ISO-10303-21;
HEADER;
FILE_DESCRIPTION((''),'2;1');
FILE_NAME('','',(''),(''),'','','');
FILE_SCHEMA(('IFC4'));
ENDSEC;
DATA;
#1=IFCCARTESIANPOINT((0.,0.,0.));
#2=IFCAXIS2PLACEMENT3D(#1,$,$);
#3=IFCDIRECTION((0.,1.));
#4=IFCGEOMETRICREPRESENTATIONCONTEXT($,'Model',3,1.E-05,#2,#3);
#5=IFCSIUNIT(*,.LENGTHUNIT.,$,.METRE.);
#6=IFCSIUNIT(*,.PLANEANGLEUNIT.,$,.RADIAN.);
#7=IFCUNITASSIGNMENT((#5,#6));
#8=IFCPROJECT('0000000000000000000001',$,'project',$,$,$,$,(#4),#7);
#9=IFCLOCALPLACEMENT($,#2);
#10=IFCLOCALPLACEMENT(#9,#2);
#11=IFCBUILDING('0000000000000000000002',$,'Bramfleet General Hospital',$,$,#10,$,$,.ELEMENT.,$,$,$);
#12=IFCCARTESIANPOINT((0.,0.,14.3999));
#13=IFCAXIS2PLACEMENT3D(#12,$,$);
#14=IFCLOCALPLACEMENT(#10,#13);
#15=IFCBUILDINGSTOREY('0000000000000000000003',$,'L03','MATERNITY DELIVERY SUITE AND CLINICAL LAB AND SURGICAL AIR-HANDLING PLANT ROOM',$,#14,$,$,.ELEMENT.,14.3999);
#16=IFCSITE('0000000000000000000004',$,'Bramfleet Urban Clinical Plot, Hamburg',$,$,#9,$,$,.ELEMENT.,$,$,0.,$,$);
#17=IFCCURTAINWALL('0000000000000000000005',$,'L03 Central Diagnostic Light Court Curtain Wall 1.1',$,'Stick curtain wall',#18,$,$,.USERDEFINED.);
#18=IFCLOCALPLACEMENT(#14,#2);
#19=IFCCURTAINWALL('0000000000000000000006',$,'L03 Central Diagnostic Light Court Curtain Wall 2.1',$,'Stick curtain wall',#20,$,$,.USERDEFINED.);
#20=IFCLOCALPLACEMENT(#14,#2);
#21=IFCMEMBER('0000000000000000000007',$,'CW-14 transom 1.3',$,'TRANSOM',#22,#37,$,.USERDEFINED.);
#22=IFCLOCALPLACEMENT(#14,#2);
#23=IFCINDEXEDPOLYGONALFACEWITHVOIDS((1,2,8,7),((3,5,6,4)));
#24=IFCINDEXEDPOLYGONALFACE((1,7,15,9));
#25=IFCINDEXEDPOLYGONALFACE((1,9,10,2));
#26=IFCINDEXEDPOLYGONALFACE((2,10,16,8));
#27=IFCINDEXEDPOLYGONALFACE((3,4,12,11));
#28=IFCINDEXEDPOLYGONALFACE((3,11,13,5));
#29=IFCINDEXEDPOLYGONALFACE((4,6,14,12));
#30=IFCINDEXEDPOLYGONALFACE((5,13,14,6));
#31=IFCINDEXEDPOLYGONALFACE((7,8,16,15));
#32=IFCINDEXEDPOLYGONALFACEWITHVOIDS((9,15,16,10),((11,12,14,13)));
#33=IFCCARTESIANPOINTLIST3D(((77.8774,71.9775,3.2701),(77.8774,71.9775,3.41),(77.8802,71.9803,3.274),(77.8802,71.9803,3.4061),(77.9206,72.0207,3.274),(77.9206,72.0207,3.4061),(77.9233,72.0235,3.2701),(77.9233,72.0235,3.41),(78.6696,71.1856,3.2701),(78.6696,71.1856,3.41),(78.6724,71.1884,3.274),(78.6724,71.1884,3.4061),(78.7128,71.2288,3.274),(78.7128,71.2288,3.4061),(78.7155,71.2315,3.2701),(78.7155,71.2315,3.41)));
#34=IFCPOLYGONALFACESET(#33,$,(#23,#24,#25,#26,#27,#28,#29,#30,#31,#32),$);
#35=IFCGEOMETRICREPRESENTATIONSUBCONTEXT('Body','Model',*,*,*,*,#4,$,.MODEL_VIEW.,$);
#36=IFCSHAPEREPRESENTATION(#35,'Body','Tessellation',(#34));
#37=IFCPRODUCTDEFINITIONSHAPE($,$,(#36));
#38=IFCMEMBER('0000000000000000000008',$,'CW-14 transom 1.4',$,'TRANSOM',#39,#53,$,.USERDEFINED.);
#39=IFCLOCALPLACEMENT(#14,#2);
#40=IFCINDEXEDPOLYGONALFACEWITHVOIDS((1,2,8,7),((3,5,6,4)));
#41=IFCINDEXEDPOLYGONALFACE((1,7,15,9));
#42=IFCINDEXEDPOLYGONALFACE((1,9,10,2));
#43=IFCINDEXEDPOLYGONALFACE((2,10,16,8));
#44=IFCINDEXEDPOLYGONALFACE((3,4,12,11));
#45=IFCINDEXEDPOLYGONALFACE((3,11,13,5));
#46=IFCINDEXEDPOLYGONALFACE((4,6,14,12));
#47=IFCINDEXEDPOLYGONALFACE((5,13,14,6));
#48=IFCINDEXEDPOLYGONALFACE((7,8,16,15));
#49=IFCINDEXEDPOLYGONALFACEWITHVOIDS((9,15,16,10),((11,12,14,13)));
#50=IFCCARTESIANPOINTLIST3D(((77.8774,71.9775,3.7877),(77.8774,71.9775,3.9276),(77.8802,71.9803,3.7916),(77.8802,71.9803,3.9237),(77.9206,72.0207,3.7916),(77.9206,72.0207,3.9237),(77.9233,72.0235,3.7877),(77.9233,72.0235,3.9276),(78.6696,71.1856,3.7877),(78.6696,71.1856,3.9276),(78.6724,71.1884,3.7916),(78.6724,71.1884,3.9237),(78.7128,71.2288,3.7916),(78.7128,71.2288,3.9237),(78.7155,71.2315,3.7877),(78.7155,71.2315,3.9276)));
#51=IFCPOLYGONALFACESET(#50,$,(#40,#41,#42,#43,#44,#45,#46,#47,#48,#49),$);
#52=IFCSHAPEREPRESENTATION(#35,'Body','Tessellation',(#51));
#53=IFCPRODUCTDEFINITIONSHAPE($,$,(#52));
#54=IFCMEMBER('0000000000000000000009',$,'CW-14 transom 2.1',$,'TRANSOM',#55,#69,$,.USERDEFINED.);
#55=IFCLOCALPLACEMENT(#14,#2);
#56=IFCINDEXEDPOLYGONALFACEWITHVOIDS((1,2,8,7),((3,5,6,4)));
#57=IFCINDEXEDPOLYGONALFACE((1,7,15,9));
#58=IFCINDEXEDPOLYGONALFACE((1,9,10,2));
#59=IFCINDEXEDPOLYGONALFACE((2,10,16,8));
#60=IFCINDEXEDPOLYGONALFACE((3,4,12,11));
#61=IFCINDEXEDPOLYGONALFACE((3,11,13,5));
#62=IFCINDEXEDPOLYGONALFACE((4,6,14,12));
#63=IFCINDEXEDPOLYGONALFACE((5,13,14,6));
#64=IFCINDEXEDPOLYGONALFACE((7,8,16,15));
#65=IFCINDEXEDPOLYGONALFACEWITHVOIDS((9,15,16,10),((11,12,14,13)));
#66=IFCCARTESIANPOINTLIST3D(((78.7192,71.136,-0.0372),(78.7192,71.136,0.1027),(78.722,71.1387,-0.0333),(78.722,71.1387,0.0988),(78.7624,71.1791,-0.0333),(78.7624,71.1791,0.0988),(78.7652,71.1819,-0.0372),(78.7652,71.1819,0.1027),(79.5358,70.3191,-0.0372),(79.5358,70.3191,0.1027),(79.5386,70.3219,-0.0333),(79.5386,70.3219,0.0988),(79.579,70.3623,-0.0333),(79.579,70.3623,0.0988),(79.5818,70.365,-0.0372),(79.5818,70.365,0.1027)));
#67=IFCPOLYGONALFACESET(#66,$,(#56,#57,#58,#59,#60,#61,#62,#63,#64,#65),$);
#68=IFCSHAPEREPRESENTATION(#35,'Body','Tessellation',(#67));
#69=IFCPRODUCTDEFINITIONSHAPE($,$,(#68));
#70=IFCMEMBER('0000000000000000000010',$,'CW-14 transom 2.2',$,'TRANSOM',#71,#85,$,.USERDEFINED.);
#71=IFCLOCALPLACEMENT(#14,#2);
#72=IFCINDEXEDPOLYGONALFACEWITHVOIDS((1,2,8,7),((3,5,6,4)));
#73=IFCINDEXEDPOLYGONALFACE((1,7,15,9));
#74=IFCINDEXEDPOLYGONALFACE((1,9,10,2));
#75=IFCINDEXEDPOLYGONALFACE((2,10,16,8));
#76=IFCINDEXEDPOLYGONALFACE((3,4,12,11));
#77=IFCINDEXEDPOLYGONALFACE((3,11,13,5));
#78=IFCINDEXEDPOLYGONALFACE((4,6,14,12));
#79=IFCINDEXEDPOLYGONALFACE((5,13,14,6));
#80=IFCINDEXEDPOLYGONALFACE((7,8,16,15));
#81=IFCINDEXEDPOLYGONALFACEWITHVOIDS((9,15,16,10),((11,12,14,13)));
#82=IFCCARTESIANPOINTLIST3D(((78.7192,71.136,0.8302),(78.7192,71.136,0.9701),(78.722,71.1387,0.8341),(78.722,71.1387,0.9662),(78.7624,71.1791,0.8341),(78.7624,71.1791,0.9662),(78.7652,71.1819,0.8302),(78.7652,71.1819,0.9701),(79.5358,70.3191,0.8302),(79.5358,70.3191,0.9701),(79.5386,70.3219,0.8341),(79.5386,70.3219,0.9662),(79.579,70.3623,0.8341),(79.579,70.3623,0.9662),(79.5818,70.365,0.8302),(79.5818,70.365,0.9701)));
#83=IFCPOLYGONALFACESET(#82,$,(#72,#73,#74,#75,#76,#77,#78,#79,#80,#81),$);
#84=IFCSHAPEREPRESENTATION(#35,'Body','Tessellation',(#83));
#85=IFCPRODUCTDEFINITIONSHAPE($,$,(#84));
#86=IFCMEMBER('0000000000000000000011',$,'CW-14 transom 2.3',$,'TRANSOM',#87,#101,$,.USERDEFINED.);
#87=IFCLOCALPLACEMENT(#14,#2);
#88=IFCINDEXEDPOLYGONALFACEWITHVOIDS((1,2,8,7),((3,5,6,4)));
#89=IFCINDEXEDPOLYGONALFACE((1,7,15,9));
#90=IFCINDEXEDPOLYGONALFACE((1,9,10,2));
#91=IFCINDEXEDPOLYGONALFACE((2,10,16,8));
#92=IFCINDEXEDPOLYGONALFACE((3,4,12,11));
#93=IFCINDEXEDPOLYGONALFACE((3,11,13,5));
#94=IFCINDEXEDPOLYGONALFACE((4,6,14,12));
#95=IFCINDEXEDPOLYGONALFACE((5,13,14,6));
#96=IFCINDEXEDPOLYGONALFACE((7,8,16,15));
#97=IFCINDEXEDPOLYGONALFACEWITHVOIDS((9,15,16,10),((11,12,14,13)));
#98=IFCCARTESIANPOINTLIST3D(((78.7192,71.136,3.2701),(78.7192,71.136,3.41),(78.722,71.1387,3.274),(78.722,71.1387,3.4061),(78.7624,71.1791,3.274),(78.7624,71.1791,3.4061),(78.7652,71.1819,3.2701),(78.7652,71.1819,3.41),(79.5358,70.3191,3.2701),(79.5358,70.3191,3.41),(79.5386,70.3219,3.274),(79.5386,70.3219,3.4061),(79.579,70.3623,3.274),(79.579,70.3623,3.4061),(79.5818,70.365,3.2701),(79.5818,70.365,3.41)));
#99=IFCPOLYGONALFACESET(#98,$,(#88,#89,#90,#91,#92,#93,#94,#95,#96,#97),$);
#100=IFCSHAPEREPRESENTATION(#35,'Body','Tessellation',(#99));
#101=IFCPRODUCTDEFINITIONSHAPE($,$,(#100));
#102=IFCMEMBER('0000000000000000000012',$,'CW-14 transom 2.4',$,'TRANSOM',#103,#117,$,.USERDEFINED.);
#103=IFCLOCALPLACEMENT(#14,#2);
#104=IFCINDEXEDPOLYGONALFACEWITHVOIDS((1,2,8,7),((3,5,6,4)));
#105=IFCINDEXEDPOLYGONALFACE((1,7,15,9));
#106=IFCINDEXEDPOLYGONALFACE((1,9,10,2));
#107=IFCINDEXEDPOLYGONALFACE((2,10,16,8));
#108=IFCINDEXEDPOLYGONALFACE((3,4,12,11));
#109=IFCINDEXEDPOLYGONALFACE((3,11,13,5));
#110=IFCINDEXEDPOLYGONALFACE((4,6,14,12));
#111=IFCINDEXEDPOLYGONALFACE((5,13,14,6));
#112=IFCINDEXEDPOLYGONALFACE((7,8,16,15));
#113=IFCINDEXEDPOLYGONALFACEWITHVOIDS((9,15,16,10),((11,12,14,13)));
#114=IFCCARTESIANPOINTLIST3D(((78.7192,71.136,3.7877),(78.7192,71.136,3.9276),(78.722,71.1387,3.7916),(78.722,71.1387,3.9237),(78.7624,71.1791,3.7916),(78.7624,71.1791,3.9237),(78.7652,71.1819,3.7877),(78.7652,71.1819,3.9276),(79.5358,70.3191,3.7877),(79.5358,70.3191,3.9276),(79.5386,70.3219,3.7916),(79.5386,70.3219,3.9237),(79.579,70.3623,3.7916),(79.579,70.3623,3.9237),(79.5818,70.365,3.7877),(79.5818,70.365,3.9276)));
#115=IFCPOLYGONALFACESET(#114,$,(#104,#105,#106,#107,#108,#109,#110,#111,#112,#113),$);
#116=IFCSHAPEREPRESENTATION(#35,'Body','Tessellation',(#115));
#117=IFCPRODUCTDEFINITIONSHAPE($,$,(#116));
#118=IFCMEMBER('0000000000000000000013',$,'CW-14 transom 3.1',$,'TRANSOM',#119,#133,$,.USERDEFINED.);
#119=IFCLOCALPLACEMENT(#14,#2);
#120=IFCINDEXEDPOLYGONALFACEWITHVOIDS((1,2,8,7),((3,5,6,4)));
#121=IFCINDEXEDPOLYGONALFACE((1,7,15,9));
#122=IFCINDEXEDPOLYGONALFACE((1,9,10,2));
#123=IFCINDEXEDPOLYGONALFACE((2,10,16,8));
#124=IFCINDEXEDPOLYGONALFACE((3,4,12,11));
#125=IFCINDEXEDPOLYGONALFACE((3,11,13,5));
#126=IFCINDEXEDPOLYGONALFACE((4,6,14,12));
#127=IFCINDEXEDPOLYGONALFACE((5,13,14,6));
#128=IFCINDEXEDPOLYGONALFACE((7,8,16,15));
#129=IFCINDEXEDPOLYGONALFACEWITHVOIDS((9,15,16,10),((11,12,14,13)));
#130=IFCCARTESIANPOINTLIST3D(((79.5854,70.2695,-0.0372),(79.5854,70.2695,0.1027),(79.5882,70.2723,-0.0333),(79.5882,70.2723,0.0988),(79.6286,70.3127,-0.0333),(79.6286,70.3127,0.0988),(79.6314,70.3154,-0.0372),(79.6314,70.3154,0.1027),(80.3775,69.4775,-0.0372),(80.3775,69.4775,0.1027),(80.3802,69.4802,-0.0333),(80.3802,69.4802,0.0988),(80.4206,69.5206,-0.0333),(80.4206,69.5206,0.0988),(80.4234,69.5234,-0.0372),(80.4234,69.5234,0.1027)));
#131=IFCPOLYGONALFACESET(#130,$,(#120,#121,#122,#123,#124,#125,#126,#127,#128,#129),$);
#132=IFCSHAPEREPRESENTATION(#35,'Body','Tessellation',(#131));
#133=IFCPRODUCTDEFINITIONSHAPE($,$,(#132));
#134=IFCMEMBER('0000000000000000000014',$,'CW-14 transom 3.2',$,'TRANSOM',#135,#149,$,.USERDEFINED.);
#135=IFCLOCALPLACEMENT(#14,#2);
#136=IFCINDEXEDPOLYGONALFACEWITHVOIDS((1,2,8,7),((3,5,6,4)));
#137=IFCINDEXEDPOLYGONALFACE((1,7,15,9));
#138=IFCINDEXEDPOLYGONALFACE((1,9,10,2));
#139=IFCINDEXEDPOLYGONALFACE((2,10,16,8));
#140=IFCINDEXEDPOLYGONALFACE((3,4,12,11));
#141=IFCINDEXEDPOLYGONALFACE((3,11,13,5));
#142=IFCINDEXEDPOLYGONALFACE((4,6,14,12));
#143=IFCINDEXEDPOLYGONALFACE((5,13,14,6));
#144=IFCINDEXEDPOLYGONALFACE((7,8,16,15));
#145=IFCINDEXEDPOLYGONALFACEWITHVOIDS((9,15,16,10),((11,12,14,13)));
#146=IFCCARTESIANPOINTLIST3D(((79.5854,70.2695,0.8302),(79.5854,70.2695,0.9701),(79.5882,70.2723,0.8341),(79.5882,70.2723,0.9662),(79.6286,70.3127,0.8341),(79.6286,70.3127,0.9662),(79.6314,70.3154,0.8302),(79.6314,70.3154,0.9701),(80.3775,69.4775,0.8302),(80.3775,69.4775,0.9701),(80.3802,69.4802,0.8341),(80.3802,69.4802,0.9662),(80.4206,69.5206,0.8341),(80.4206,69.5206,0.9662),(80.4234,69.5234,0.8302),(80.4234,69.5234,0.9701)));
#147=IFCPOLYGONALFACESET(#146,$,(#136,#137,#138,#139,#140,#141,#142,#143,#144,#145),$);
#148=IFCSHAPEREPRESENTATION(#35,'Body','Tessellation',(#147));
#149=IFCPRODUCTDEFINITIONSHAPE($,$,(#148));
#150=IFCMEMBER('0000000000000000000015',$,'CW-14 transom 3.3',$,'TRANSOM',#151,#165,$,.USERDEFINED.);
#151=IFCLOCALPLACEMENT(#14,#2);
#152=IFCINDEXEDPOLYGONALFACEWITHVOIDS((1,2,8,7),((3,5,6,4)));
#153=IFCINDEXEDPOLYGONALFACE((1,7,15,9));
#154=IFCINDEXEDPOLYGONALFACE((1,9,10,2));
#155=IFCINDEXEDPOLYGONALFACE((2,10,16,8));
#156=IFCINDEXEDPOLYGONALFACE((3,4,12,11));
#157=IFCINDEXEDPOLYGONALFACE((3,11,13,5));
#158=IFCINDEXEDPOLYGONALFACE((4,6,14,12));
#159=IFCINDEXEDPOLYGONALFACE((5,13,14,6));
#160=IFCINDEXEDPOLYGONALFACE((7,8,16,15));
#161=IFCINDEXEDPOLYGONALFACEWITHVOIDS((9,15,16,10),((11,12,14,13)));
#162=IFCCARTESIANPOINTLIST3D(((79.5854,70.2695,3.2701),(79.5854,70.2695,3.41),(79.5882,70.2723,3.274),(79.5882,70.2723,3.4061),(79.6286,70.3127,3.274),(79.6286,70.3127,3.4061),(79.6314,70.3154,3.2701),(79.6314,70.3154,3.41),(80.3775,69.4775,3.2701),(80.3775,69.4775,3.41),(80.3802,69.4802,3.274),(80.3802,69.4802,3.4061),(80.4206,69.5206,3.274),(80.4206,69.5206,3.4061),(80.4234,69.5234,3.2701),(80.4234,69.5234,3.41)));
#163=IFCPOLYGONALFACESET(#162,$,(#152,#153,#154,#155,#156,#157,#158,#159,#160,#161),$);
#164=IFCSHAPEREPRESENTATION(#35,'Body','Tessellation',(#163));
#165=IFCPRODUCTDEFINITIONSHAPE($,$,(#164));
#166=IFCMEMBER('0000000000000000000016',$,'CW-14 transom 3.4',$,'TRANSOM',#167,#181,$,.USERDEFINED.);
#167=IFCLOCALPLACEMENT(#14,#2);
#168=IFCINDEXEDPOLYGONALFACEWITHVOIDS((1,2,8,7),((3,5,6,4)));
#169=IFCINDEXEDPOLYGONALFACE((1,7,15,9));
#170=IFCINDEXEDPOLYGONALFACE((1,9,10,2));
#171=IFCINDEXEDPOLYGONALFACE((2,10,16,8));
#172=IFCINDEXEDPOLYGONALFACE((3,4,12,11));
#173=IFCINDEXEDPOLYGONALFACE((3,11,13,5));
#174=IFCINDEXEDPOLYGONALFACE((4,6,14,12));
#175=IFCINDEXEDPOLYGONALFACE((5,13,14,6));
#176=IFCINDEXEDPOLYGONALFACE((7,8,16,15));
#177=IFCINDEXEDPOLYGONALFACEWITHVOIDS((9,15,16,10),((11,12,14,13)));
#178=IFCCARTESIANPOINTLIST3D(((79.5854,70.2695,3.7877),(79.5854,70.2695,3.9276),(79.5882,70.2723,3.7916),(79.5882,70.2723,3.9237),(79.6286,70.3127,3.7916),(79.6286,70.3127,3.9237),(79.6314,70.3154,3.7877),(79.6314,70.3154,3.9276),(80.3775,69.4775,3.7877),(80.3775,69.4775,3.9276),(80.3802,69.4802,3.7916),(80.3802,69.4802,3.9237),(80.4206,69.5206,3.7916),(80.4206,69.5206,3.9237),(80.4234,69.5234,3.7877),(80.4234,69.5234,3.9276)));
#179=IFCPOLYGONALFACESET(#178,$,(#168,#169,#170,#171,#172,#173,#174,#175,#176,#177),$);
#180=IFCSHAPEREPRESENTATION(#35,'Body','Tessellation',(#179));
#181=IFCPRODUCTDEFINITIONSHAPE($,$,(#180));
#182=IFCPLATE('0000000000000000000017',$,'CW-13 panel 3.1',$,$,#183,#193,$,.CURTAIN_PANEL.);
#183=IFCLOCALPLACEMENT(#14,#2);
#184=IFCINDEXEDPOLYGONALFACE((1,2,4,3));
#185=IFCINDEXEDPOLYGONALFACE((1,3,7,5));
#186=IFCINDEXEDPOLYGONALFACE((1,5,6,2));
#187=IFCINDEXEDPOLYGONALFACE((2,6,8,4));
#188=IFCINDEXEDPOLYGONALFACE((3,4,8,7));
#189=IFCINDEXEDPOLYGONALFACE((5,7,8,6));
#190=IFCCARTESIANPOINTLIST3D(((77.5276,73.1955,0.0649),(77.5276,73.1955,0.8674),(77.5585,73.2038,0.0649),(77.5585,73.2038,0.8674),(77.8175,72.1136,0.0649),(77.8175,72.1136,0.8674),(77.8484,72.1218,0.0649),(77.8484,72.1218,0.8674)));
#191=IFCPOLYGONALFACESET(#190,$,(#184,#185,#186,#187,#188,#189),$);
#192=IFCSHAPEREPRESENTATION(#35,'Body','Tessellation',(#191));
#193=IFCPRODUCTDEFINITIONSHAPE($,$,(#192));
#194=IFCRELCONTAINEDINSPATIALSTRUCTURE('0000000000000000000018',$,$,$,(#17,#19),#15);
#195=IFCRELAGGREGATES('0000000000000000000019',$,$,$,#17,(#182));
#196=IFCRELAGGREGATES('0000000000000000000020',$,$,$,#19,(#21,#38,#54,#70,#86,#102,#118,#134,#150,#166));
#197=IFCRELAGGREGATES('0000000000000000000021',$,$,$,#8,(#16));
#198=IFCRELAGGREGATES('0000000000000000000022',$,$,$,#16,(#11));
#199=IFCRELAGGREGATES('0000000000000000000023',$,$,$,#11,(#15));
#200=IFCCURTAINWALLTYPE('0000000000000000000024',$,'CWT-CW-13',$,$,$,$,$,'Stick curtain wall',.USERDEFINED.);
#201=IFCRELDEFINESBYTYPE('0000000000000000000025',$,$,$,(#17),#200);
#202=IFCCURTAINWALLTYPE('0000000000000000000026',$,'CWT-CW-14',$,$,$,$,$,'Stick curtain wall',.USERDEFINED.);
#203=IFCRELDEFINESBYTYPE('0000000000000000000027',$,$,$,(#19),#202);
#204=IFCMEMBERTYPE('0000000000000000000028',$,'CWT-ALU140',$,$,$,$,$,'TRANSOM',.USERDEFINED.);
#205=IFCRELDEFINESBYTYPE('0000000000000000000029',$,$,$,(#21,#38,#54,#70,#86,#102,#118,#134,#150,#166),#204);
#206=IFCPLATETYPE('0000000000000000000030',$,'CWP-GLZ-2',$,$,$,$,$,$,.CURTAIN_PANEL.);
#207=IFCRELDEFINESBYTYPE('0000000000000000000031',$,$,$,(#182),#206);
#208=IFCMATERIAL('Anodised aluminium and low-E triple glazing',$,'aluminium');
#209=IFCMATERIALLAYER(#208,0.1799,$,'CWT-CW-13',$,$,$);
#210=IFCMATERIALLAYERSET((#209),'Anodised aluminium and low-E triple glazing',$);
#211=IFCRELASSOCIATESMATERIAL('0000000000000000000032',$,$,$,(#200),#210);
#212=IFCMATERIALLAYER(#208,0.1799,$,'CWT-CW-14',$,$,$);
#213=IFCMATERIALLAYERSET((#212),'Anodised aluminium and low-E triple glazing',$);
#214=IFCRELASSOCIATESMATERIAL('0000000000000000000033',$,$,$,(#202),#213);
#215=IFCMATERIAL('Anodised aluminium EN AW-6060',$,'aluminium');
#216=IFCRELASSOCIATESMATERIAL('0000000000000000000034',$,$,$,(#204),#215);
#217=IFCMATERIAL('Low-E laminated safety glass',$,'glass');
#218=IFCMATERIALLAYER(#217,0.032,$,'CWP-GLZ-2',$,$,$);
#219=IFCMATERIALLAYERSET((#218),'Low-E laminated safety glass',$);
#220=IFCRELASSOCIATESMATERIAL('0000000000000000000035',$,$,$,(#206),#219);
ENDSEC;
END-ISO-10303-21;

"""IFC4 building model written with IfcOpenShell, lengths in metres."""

from ifc_helpers import new_model, si_unit, direction, frame, origin, origin_2d, place, context, subcontext, project, spatial, rectangle, hollow_rectangle, extrude, material, layer, layer_set, material_profile, profile_set, type_object, element, aggregate, save


model = new_model("IFC4")

# Units and contexts
model_context = context("Model", 3, precision=1e-05, world=origin(), true_north=direction((0.0, 1.0)))
body_context = subcontext(model_context, "Body", "Model", "MODEL_VIEW")
ifc_project = project(units=[si_unit("LENGTHUNIT", "METRE"), si_unit("PLANEANGLEUNIT", "RADIAN")], contexts=[model_context])

# Site, building, storey
site_placement = place(None, origin())
site = spatial("IfcSite", under=ifc_project, at=site_placement, Name="Bramfleet Urban Clinical Plot, Hamburg", CompositionType="ELEMENT", RefElevation=0.0)
building_placement = place(site_placement, origin())
building = spatial("IfcBuilding", under=site, at=building_placement, Name="Bramfleet General Hospital", CompositionType="ELEMENT")
storey_placement = place(building_placement, frame((0.0, 0.0, 14.3999)))
storey = spatial("IfcBuildingStorey", under=building, at=storey_placement, Name="L03", Description="MATERNITY DELIVERY SUITE AND CLINICAL LAB AND SURGICAL AIR-HANDLING PLANT ROOM", CompositionType="ELEMENT", Elevation=14.3999)

# Curtain walls
ifc_material_1 = material(Name="Anodised aluminium and low-E triple glazing", Category="aluminium")
ifc_layer_1 = layer(ifc_material_1, 0.1799, Name="CWT-CW-13")
ifc_layer_set_1 = layer_set([ifc_layer_1], Name="Anodised aluminium and low-E triple glazing")
curtain_wall_type_1 = type_object("IfcCurtainWallType", Name="CWT-CW-13", ElementType="Stick curtain wall", PredefinedType="USERDEFINED", material=ifc_layer_set_1)
curtain_wall_1_placement = place(storey_placement, origin())
curtain_wall_1 = element("IfcCurtainWall", 1, at=curtain_wall_1_placement, inside=storey, type_object=curtain_wall_type_1, Name="L03 Central Diagnostic Light Court Curtain Wall 1.1", ObjectType="Stick curtain wall", PredefinedType="USERDEFINED")
ifc_material_2 = material(Name="Anodised aluminium EN AW-6060", Category="aluminium")
ifc_layer_2 = layer(ifc_material_1, 0.1799, Name="CWT-CW-14")
ifc_layer_set_2 = layer_set([ifc_layer_2], Name="Anodised aluminium and low-E triple glazing")
curtain_wall_type_2 = type_object("IfcCurtainWallType", Name="CWT-CW-14", ElementType="Stick curtain wall", PredefinedType="USERDEFINED", material=ifc_layer_set_2)
curtain_wall_2_placement = place(storey_placement, origin())
curtain_wall_2 = element("IfcCurtainWall", 2, at=curtain_wall_2_placement, inside=storey, type_object=curtain_wall_type_2, Name="L03 Central Diagnostic Light Court Curtain Wall 2.1", ObjectType="Stick curtain wall", PredefinedType="USERDEFINED")

# Members
ifc_material_profile_1 = material_profile(ifc_material_2, hollow_rectangle(XDim=0.0649, YDim=0.1399, WallThickness=0.0039, at=origin_2d()), Name="ALU 140x65x4.0")
ifc_profile_set_1 = profile_set([ifc_material_profile_1], Name="Anodised aluminium EN AW-6060")
member_type_1 = type_object("IfcMemberType", Name="CWT-ALU140", ElementType="TRANSOM", PredefinedType="USERDEFINED", material=ifc_profile_set_1)
member_1_placement = place(storey_placement, frame((77.9004, 72.0005, 3.3401), z_axis=(0.707216, -0.706998, 0.0), x_axis=(0.706998, 0.707216, 0.0)))
member_1 = element("IfcMember", 3, at=member_1_placement, type_object=member_type_1, Name="CW-14 transom 1.3", ObjectType="TRANSOM", PredefinedType="USERDEFINED", context=body_context, shape_type="SweptSolid", body=[
    extrude(hollow_rectangle(XDim=0.0649, YDim=0.1399, WallThickness=0.0039, at=origin_2d()), origin(), (0.0, 0.0, 1.0), 1.1201),
])
member_2_placement = place(storey_placement, frame((77.9004, 72.0005, 3.8577), z_axis=(0.707216, -0.706998, 0.0), x_axis=(0.706998, 0.707216, 0.0)))
member_2 = element("IfcMember", 4, at=member_2_placement, type_object=member_type_1, Name="CW-14 transom 1.4", ObjectType="TRANSOM", PredefinedType="USERDEFINED", context=body_context, shape_type="SweptSolid", body=[
    extrude(hollow_rectangle(XDim=0.0649, YDim=0.1399, WallThickness=0.0039, at=origin_2d()), origin(), (0.0, 0.0, 1.0), 1.1201),
])
member_3_placement = place(storey_placement, frame((78.7422, 71.1589, 0.0327), z_axis=(0.707001, -0.707212, 0.0), x_axis=(0.707212, 0.707001, 0.0)))
member_3 = element("IfcMember", 5, at=member_3_placement, type_object=member_type_1, Name="CW-14 transom 2.1", ObjectType="TRANSOM", PredefinedType="USERDEFINED", context=body_context, shape_type="SweptSolid", body=[
    extrude(hollow_rectangle(XDim=0.0649, YDim=0.1399, WallThickness=0.0039, at=origin_2d()), origin(), (0.0, 0.0, 1.0), 1.155),
])
member_4_placement = place(storey_placement, frame((78.7422, 71.1589, 0.9001), z_axis=(0.707001, -0.707212, 0.0), x_axis=(0.707212, 0.707001, 0.0)))
member_4 = element("IfcMember", 6, at=member_4_placement, type_object=member_type_1, Name="CW-14 transom 2.2", ObjectType="TRANSOM", PredefinedType="USERDEFINED", context=body_context, shape_type="SweptSolid", body=[
    extrude(hollow_rectangle(XDim=0.0649, YDim=0.1399, WallThickness=0.0039, at=origin_2d()), origin(), (0.0, 0.0, 1.0), 1.155),
])
member_5_placement = place(storey_placement, frame((78.7422, 71.1589, 3.3401), z_axis=(0.707001, -0.707212, 0.0), x_axis=(0.707212, 0.707001, 0.0)))
member_5 = element("IfcMember", 7, at=member_5_placement, type_object=member_type_1, Name="CW-14 transom 2.3", ObjectType="TRANSOM", PredefinedType="USERDEFINED", context=body_context, shape_type="SweptSolid", body=[
    extrude(hollow_rectangle(XDim=0.0649, YDim=0.1399, WallThickness=0.0039, at=origin_2d()), origin(), (0.0, 0.0, 1.0), 1.155),
])
member_6_placement = place(storey_placement, frame((78.7422, 71.1589, 3.8577), z_axis=(0.707001, -0.707212, 0.0), x_axis=(0.707212, 0.707001, 0.0)))
member_6 = element("IfcMember", 8, at=member_6_placement, type_object=member_type_1, Name="CW-14 transom 2.4", ObjectType="TRANSOM", PredefinedType="USERDEFINED", context=body_context, shape_type="SweptSolid", body=[
    extrude(hollow_rectangle(XDim=0.0649, YDim=0.1399, WallThickness=0.0039, at=origin_2d()), origin(), (0.0, 0.0, 1.0), 1.155),
])
member_7_placement = place(storey_placement, frame((79.6084, 70.2925, 0.0327), z_axis=(0.707107, -0.707107, 0.0), x_axis=(0.707107, 0.707107, 0.0)))
member_7 = element("IfcMember", 9, at=member_7_placement, type_object=member_type_1, Name="CW-14 transom 3.1", ObjectType="TRANSOM", PredefinedType="USERDEFINED", context=body_context, shape_type="SweptSolid", body=[
    extrude(hollow_rectangle(XDim=0.0649, YDim=0.1399, WallThickness=0.0039, at=origin_2d()), origin(), (0.0, 0.0, 1.0), 1.1201),
])
member_8_placement = place(storey_placement, frame((79.6084, 70.2925, 0.9001), z_axis=(0.707107, -0.707107, 0.0), x_axis=(0.707107, 0.707107, 0.0)))
member_8 = element("IfcMember", 10, at=member_8_placement, type_object=member_type_1, Name="CW-14 transom 3.2", ObjectType="TRANSOM", PredefinedType="USERDEFINED", context=body_context, shape_type="SweptSolid", body=[
    extrude(hollow_rectangle(XDim=0.0649, YDim=0.1399, WallThickness=0.0039, at=origin_2d()), origin(), (0.0, 0.0, 1.0), 1.1201),
])
member_9_placement = place(storey_placement, frame((79.6084, 70.2925, 3.3401), z_axis=(0.707107, -0.707107, 0.0), x_axis=(0.707107, 0.707107, 0.0)))
member_9 = element("IfcMember", 11, at=member_9_placement, type_object=member_type_1, Name="CW-14 transom 3.3", ObjectType="TRANSOM", PredefinedType="USERDEFINED", context=body_context, shape_type="SweptSolid", body=[
    extrude(hollow_rectangle(XDim=0.0649, YDim=0.1399, WallThickness=0.0039, at=origin_2d()), origin(), (0.0, 0.0, 1.0), 1.1201),
])
member_10_placement = place(storey_placement, frame((79.6084, 70.2925, 3.8577), z_axis=(0.707107, -0.707107, 0.0), x_axis=(0.707107, 0.707107, 0.0)))
member_10 = element("IfcMember", 12, at=member_10_placement, type_object=member_type_1, Name="CW-14 transom 3.4", ObjectType="TRANSOM", PredefinedType="USERDEFINED", context=body_context, shape_type="SweptSolid", body=[
    extrude(hollow_rectangle(XDim=0.0649, YDim=0.1399, WallThickness=0.0039, at=origin_2d()), origin(), (0.0, 0.0, 1.0), 1.1201),
])

# Plate
ifc_material_3 = material(Name="Low-E laminated safety glass", Category="glass")
ifc_layer_3 = layer(ifc_material_3, 0.032, Name="CWP-GLZ-2")
ifc_layer_set_3 = layer_set([ifc_layer_3], Name="Low-E laminated safety glass")
plate_type = type_object("IfcPlateType", Name="CWP-GLZ-2", PredefinedType="CURTAIN_PANEL", material=ifc_layer_set_3)
plate_1_placement = place(storey_placement, frame((77.688, 72.6587, 0.0649), z_axis=(0.0, 0.0, 1.0), x_axis=(0.258763, -0.965941, 0.0)))
plate_1 = element("IfcPlate", 13, at=plate_1_placement, type_object=plate_type, Name="CW-13 panel 3.1", PredefinedType="CURTAIN_PANEL", context=body_context, shape_type="SweptSolid", body=[
    extrude(rectangle(XDim=1.1201, YDim=0.032, at=origin_2d()), origin(), (0.0, 0.0, 1.0), 0.8025),
])
aggregate(curtain_wall_1, [plate_1])
aggregate(curtain_wall_2, [member_1, member_2, member_3, member_4, member_5, member_6, member_7, member_8, member_9, member_10])

save(model, "model.ifc")
